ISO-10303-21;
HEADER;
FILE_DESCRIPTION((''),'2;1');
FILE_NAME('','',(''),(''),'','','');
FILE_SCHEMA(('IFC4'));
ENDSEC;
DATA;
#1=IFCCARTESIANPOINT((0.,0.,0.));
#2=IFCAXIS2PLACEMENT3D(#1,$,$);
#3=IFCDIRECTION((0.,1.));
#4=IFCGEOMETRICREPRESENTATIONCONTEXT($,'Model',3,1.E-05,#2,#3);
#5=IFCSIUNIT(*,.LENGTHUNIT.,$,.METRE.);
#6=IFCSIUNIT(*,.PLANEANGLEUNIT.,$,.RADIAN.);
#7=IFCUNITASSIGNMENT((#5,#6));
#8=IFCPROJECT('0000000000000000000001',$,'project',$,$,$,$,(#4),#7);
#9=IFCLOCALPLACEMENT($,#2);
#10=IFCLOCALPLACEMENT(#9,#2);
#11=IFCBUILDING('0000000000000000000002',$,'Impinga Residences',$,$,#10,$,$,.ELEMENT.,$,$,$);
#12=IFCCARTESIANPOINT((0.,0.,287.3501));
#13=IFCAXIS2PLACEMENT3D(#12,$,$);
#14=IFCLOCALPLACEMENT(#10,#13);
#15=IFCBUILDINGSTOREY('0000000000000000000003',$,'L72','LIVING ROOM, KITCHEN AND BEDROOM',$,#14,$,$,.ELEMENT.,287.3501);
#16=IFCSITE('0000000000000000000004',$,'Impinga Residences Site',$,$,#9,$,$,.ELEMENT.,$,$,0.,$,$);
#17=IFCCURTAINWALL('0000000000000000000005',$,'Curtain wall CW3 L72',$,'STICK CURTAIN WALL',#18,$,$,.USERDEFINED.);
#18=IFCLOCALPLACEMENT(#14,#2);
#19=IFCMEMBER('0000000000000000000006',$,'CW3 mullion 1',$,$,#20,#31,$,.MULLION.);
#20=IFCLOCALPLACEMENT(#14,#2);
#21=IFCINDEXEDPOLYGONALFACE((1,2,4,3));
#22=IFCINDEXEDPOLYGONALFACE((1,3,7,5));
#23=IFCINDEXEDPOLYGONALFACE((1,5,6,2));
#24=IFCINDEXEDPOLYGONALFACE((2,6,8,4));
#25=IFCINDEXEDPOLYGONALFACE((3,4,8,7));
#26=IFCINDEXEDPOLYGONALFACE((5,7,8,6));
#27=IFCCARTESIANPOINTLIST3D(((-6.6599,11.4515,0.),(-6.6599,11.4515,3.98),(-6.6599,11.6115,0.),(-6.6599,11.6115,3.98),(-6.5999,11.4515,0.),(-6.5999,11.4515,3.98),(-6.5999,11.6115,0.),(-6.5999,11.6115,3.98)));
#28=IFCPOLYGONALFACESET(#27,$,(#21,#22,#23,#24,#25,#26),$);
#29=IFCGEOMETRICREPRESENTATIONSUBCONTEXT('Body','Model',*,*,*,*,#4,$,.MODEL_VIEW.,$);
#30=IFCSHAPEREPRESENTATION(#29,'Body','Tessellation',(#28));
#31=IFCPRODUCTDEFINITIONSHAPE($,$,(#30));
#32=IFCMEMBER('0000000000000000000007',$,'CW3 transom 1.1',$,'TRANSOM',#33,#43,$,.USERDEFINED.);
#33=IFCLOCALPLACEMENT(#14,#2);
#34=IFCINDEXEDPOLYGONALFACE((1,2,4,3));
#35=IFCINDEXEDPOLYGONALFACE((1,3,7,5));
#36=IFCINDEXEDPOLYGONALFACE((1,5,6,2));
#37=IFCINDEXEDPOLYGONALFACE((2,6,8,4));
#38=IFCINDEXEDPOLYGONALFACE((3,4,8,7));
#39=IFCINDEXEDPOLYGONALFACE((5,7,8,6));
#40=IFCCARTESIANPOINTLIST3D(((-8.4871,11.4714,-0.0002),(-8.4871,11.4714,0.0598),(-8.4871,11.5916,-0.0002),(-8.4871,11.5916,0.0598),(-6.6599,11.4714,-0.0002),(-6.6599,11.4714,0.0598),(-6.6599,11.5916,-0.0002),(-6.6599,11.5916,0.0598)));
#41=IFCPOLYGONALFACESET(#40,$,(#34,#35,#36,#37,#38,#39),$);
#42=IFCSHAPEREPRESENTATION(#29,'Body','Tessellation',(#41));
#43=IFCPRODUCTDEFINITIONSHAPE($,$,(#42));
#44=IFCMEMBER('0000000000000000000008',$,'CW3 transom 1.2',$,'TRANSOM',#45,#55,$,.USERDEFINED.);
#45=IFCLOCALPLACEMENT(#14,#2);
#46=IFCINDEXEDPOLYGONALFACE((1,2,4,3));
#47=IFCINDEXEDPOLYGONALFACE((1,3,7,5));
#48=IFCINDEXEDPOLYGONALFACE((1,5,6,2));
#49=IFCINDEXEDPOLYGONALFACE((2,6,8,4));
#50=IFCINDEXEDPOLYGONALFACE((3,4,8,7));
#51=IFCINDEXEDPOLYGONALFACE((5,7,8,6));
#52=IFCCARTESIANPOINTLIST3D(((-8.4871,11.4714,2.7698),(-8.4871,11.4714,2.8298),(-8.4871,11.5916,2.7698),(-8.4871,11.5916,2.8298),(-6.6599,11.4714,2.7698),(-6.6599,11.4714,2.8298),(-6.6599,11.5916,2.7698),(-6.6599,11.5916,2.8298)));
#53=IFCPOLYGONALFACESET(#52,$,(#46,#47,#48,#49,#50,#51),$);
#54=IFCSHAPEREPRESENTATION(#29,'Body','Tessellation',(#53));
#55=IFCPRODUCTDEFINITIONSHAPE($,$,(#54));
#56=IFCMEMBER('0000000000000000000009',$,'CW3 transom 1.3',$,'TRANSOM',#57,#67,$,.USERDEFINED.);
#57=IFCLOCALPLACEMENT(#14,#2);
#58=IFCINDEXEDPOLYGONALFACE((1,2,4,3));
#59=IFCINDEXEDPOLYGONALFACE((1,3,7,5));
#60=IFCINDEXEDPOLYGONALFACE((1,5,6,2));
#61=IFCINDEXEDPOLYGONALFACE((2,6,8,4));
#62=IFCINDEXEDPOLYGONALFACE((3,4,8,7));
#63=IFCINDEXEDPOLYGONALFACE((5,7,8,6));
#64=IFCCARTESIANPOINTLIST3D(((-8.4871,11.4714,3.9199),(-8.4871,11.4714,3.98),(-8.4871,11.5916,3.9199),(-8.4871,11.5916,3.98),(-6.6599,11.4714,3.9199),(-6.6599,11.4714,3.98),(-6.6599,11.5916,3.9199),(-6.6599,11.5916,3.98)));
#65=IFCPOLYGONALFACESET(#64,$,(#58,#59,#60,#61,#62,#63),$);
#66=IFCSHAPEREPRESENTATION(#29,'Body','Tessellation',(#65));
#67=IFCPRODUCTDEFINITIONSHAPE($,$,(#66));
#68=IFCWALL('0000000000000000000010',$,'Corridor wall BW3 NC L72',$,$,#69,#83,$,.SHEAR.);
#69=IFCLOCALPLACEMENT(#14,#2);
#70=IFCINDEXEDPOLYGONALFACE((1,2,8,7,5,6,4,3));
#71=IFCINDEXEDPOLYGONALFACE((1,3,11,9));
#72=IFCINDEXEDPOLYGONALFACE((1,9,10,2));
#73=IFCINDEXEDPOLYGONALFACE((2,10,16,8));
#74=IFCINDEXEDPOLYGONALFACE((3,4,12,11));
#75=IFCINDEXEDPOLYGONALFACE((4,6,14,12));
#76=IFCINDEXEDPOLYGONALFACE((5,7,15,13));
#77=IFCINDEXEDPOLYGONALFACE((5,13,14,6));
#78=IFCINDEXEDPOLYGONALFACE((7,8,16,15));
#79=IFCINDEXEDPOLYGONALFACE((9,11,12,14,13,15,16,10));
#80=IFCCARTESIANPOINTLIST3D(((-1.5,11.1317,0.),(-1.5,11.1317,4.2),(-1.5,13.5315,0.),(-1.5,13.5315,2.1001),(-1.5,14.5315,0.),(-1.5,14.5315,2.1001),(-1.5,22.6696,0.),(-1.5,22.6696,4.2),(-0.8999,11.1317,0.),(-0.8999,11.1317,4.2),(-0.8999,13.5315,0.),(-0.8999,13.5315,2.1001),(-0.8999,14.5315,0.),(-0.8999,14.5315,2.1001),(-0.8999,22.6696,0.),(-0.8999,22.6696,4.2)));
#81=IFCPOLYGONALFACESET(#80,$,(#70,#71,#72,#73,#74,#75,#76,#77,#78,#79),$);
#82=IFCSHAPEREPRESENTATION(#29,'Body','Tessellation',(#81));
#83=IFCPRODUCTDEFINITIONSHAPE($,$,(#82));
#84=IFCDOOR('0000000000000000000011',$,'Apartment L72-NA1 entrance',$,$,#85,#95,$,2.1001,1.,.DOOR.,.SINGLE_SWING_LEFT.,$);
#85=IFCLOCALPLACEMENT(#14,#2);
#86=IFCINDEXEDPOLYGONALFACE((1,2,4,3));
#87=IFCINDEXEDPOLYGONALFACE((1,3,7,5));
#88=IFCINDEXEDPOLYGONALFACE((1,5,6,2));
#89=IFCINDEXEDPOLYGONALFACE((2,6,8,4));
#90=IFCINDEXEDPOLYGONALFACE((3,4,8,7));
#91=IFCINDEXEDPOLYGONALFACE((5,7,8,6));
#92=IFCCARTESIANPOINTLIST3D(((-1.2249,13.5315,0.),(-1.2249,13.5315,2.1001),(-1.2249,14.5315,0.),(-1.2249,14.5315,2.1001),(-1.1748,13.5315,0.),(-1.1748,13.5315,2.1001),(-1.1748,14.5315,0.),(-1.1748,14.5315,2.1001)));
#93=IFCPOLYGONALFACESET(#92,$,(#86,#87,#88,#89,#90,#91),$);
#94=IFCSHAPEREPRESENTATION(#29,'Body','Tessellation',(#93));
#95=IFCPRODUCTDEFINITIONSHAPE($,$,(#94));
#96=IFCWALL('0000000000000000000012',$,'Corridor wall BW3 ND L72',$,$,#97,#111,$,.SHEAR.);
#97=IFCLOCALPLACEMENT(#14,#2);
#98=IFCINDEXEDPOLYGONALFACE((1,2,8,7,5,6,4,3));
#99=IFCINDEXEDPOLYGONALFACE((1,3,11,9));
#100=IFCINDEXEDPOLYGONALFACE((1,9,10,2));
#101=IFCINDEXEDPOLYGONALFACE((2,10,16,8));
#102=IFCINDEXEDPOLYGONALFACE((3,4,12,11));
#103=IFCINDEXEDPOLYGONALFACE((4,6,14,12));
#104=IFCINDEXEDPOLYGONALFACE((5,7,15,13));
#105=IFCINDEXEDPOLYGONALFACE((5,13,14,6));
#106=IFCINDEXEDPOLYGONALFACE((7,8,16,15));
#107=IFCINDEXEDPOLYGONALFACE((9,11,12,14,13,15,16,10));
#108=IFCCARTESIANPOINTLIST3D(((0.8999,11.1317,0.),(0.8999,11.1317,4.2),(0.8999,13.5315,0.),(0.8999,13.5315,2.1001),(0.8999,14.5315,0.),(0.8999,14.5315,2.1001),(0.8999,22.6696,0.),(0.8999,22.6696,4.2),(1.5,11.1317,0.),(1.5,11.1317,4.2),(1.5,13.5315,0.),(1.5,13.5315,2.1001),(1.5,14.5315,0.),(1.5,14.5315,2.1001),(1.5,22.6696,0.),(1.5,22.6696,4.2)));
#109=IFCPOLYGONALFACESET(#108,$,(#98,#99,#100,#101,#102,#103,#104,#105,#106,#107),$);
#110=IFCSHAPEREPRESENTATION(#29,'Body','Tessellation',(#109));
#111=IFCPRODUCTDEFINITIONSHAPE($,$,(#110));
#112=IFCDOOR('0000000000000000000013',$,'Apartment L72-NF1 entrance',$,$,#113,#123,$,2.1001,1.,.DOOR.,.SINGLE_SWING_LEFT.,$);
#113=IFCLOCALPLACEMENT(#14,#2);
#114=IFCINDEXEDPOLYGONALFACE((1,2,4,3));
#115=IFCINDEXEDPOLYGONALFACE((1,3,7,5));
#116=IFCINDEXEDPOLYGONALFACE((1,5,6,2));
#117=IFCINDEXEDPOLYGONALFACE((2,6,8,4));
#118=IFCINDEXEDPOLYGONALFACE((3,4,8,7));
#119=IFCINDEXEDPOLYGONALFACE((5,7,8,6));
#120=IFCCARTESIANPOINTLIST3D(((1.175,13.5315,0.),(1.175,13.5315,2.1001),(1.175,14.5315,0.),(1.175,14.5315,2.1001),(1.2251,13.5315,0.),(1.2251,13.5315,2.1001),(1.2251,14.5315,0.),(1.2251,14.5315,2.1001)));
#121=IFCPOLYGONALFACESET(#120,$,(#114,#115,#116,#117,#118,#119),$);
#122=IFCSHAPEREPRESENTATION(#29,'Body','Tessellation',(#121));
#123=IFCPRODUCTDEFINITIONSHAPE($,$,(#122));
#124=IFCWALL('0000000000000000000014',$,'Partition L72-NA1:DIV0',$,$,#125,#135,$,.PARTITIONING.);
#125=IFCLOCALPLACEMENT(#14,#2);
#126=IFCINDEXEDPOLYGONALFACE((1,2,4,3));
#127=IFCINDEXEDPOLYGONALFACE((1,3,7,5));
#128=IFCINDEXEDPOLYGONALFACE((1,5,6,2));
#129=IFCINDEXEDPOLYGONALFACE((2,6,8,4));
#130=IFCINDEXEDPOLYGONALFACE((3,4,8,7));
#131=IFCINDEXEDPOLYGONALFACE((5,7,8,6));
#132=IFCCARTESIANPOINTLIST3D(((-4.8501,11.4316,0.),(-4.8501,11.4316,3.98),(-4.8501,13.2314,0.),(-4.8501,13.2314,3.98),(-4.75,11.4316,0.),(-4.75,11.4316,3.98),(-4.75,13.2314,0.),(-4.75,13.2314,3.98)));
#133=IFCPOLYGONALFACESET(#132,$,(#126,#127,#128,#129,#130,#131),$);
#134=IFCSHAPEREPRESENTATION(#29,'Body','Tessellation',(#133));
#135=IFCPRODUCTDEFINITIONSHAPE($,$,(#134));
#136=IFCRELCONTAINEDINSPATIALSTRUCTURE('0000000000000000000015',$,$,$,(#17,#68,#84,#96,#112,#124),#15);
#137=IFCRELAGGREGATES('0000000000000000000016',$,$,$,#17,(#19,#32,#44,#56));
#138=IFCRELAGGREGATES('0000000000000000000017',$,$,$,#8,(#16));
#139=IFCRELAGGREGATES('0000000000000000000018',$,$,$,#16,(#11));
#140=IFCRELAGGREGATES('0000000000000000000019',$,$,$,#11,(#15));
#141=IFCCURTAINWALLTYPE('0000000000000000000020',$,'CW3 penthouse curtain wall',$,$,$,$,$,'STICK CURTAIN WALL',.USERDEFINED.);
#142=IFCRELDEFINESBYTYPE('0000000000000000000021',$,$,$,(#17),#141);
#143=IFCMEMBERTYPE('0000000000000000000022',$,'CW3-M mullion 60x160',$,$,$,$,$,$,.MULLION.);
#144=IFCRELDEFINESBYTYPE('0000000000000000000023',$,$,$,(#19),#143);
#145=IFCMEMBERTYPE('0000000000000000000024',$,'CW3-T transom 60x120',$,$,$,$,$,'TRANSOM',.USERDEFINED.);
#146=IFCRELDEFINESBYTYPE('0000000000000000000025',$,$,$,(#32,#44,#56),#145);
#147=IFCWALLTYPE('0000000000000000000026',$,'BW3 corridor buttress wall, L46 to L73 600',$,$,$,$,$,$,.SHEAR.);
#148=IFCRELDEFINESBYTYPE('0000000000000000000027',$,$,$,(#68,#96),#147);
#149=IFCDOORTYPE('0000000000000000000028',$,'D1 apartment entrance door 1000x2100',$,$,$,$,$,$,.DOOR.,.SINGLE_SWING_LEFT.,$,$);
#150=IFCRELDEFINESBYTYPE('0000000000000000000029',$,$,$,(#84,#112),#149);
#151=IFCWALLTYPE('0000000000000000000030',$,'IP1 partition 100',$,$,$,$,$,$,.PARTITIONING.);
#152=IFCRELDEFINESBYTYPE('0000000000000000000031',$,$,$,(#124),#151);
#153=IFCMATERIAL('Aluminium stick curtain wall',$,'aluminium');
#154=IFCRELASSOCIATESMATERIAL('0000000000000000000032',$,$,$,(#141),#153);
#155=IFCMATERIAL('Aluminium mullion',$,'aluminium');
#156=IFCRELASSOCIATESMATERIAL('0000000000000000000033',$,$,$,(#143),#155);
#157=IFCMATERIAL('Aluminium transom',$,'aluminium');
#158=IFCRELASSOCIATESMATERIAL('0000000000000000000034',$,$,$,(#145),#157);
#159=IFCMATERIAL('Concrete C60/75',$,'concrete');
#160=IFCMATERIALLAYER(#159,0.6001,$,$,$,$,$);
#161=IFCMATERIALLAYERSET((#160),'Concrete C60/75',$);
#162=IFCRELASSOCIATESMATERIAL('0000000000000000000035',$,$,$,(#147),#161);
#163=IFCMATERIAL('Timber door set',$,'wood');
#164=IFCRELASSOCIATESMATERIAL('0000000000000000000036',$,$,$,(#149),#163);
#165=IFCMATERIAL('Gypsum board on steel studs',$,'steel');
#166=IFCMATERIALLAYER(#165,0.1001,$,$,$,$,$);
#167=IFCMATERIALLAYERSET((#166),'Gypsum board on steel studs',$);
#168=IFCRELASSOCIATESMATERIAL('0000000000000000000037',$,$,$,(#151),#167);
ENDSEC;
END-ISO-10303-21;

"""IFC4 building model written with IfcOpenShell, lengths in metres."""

from ifc_helpers import new_model, si_unit, direction, frame, frame_2d, origin, origin_2d, place, context, subcontext, project, spatial, rectangle, extrude, material, layer, layer_set, material_profile, profile_set, type_object, element, fill, aggregate, save


model = new_model("IFC4")

# Units and contexts
model_context = context("Model", 3, precision=1e-05, world=origin(), true_north=direction((0.0, 1.0)))
body_context = subcontext(model_context, "Body", "Model", "MODEL_VIEW")
ifc_project = project(units=[si_unit("LENGTHUNIT", "METRE"), si_unit("PLANEANGLEUNIT", "RADIAN")], contexts=[model_context])

# Site, building, storey
site_placement = place(None, origin())
site = spatial("IfcSite", under=ifc_project, at=site_placement, Name="Impinga Residences Site", CompositionType="ELEMENT", RefElevation=0.0)
building_placement = place(site_placement, origin())
building = spatial("IfcBuilding", under=site, at=building_placement, Name="Impinga Residences", CompositionType="ELEMENT")
storey_placement = place(building_placement, frame((0.0, 0.0, 287.3501)))
storey = spatial("IfcBuildingStorey", under=building, at=storey_placement, Name="L72", Description="LIVING ROOM, KITCHEN AND BEDROOM", CompositionType="ELEMENT", Elevation=287.3501)

# Curtain wall, members
ifc_material_1 = material(Name="Aluminium stick curtain wall", Category="aluminium")
curtain_wall_type = type_object("IfcCurtainWallType", Name="CW3 penthouse curtain wall", ElementType="STICK CURTAIN WALL", PredefinedType="USERDEFINED", material=ifc_material_1)
curtain_wall_placement = place(storey_placement, origin())
curtain_wall = element("IfcCurtainWall", 1, at=curtain_wall_placement, inside=storey, type_object=curtain_wall_type, Name="Curtain wall CW3 L72", ObjectType="STICK CURTAIN WALL", PredefinedType="USERDEFINED")
ifc_material_2 = material(Name="Aluminium mullion", Category="aluminium")
ifc_material_profile_1 = material_profile(ifc_material_2, rectangle(XDim=0.0601, YDim=0.1599, at=origin_2d()), Name="60x160 mullion")
ifc_profile_set_1 = profile_set([ifc_material_profile_1], Name="Aluminium mullion")
member_type_1 = type_object("IfcMemberType", Name="CW3-M mullion 60x160", PredefinedType="MULLION", material=ifc_profile_set_1)
member_1_placement = place(storey_placement, frame((-6.6299, 11.5315, 0.0), z_axis=(0.0, 0.0, 1.0), x_axis=(-1.0, 0.0, 0.0)))
member_1 = element("IfcMember", 2, at=member_1_placement, type_object=member_type_1, Name="CW3 mullion 1", PredefinedType="MULLION", context=body_context, shape_type="SweptSolid", body=[
    extrude(rectangle(XDim=0.0601, YDim=0.1599, at=origin_2d()), origin(), (0.0, 0.0, 1.0), 3.98),
])
ifc_material_3 = material(Name="Aluminium transom", Category="aluminium")
ifc_material_profile_2 = material_profile(ifc_material_3, rectangle(XDim=0.0601, YDim=0.1201, at=origin_2d()), Name="60x120 transom")
ifc_profile_set_2 = profile_set([ifc_material_profile_2], Name="Aluminium transom")
member_type_2 = type_object("IfcMemberType", Name="CW3-T transom 60x120", ElementType="TRANSOM", PredefinedType="USERDEFINED", material=ifc_profile_set_2)
member_2_placement = place(storey_placement, frame((-6.6599, 11.5315, 0.0298), z_axis=(-1.0, 0.0, 0.0), x_axis=(0.0, 0.0, 1.0)))
member_2 = element("IfcMember", 3, at=member_2_placement, type_object=member_type_2, Name="CW3 transom 1.1", ObjectType="TRANSOM", PredefinedType="USERDEFINED", context=body_context, shape_type="SweptSolid", body=[
    extrude(rectangle(XDim=0.0601, YDim=0.1201, at=origin_2d()), origin(), (0.0, 0.0, 1.0), 1.8271),
])
member_3_placement = place(storey_placement, frame((-6.6599, 11.5315, 2.7998), z_axis=(-1.0, 0.0, 0.0), x_axis=(0.0, 0.0, 1.0)))
member_3 = element("IfcMember", 4, at=member_3_placement, type_object=member_type_2, Name="CW3 transom 1.2", ObjectType="TRANSOM", PredefinedType="USERDEFINED", context=body_context, shape_type="SweptSolid", body=[
    extrude(rectangle(XDim=0.0601, YDim=0.1201, at=origin_2d()), origin(), (0.0, 0.0, 1.0), 1.8271),
])
member_4_placement = place(storey_placement, frame((-6.6599, 11.5315, 3.95), z_axis=(-1.0, 0.0, 0.0), x_axis=(0.0, 0.0, 1.0)))
member_4 = element("IfcMember", 5, at=member_4_placement, type_object=member_type_2, Name="CW3 transom 1.3", ObjectType="TRANSOM", PredefinedType="USERDEFINED", context=body_context, shape_type="SweptSolid", body=[
    extrude(rectangle(XDim=0.0601, YDim=0.1201, at=origin_2d()), origin(), (0.0, 0.0, 1.0), 1.8271),
])
aggregate(curtain_wall, [member_1, member_2, member_3, member_4])

# Walls, openings, doors
ifc_material_4 = material(Name="Concrete C60/75", Category="concrete")
ifc_layer_1 = layer(ifc_material_4, 0.6001)
ifc_layer_set_1 = layer_set([ifc_layer_1], Name="Concrete C60/75")
wall_type_1 = type_object("IfcWallType", Name="BW3 corridor buttress wall, L46 to L73 600", PredefinedType="SHEAR", material=ifc_layer_set_1)
wall_1_placement = place(storey_placement, frame((-1.2, 11.1316, 0.0), z_axis=(0.0, 0.0, 1.0), x_axis=(0.0, 1.0, 0.0)))
wall_1 = element("IfcWall", 6, at=wall_1_placement, inside=storey, type_object=wall_type_1, Name="Corridor wall BW3 NC L72", PredefinedType="SHEAR", context=body_context, shape_type="SweptSolid", body=[
    extrude(rectangle(XDim=11.5378, YDim=0.6001, at=frame_2d((5.769, 0.0))), origin(), (0.0, 0.0, 1.0), 4.2),
])
opening_1_placement = place(wall_1_placement, frame((2.3999, 0.0, 0.0)))
opening_1 = element("IfcOpeningElement", 7, at=opening_1_placement, cuts=wall_1, PredefinedType="OPENING", context=body_context, shape_type="SweptSolid", body=[
    extrude(rectangle(XDim=1.0, YDim=2.1001, at=frame_2d((0.5, 1.05))), frame((0.0, 0.3101, 0.0), z_axis=(0.0, -1.0, 0.0), x_axis=(1.0, 0.0, 0.0)), (0.0, 0.0, 1.0), 0.6201),
])
ifc_material_5 = material(Name="Timber door set", Category="wood")
door_type_1 = type_object("IfcDoorType", Name="D1 apartment entrance door 1000x2100", OperationType="SINGLE_SWING_LEFT", PredefinedType="DOOR", material=ifc_material_5)
door_1_placement = place(opening_1_placement, origin())
door_1 = element("IfcDoor", 8, at=door_1_placement, inside=storey, type_object=door_type_1, Name="Apartment L72-NA1 entrance", OperationType="SINGLE_SWING_LEFT", OverallHeight=2.1001, OverallWidth=1.0, PredefinedType="DOOR", context=body_context, shape_type="SweptSolid", body=[
    extrude(rectangle(XDim=1.0, YDim=2.1001, at=frame_2d((0.5, 1.05))), frame((0.0, 0.0249, 0.0), z_axis=(0.0, -1.0, 0.0), x_axis=(1.0, 0.0, 0.0)), (0.0, 0.0, 1.0), 0.05),
])
fill(opening_1, door_1)
wall_2_placement = place(storey_placement, frame((1.2, 11.1316, 0.0), z_axis=(0.0, 0.0, 1.0), x_axis=(0.0, 1.0, 0.0)))
wall_2 = element("IfcWall", 9, at=wall_2_placement, inside=storey, type_object=wall_type_1, Name="Corridor wall BW3 ND L72", PredefinedType="SHEAR", context=body_context, shape_type="SweptSolid", body=[
    extrude(rectangle(XDim=11.5378, YDim=0.6001, at=frame_2d((5.769, 0.0))), origin(), (0.0, 0.0, 1.0), 4.2),
])
opening_2_placement = place(wall_2_placement, frame((2.3999, 0.0, 0.0)))
opening_2 = element("IfcOpeningElement", 10, at=opening_2_placement, cuts=wall_2, PredefinedType="OPENING", context=body_context, shape_type="SweptSolid", body=[
    extrude(rectangle(XDim=1.0, YDim=2.1001, at=frame_2d((0.5, 1.05))), frame((0.0, 0.3101, 0.0), z_axis=(0.0, -1.0, 0.0), x_axis=(1.0, 0.0, 0.0)), (0.0, 0.0, 1.0), 0.6201),
])
door_2_placement = place(opening_2_placement, origin())
door_2 = element("IfcDoor", 11, at=door_2_placement, inside=storey, type_object=door_type_1, Name="Apartment L72-NF1 entrance", OperationType="SINGLE_SWING_LEFT", OverallHeight=2.1001, OverallWidth=1.0, PredefinedType="DOOR", context=body_context, shape_type="SweptSolid", body=[
    extrude(rectangle(XDim=1.0, YDim=2.1001, at=frame_2d((0.5, 1.05))), frame((0.0, 0.0249, 0.0), z_axis=(0.0, -1.0, 0.0), x_axis=(1.0, 0.0, 0.0)), (0.0, 0.0, 1.0), 0.05),
])
fill(opening_2, door_2)

# Wall
ifc_material_6 = material(Name="Gypsum board on steel studs", Category="steel")
ifc_layer_2 = layer(ifc_material_6, 0.1001)
ifc_layer_set_2 = layer_set([ifc_layer_2], Name="Gypsum board on steel studs")
wall_type_2 = type_object("IfcWallType", Name="IP1 partition 100", PredefinedType="PARTITIONING", material=ifc_layer_set_2)
wall_3_placement = place(storey_placement, frame((-4.8, 11.4316, 0.0), z_axis=(0.0, 0.0, 1.0), x_axis=(0.0, 1.0, 0.0)))
element("IfcWall", 12, at=wall_3_placement, inside=storey, type_object=wall_type_2, Name="Partition L72-NA1:DIV0", PredefinedType="PARTITIONING", context=body_context, shape_type="SweptSolid", body=[
    extrude(rectangle(XDim=1.7998, YDim=0.1001, at=frame_2d((0.8999, 0.0))), origin(), (0.0, 0.0, 1.0), 3.98),
])

save(model, "model.ifc")
